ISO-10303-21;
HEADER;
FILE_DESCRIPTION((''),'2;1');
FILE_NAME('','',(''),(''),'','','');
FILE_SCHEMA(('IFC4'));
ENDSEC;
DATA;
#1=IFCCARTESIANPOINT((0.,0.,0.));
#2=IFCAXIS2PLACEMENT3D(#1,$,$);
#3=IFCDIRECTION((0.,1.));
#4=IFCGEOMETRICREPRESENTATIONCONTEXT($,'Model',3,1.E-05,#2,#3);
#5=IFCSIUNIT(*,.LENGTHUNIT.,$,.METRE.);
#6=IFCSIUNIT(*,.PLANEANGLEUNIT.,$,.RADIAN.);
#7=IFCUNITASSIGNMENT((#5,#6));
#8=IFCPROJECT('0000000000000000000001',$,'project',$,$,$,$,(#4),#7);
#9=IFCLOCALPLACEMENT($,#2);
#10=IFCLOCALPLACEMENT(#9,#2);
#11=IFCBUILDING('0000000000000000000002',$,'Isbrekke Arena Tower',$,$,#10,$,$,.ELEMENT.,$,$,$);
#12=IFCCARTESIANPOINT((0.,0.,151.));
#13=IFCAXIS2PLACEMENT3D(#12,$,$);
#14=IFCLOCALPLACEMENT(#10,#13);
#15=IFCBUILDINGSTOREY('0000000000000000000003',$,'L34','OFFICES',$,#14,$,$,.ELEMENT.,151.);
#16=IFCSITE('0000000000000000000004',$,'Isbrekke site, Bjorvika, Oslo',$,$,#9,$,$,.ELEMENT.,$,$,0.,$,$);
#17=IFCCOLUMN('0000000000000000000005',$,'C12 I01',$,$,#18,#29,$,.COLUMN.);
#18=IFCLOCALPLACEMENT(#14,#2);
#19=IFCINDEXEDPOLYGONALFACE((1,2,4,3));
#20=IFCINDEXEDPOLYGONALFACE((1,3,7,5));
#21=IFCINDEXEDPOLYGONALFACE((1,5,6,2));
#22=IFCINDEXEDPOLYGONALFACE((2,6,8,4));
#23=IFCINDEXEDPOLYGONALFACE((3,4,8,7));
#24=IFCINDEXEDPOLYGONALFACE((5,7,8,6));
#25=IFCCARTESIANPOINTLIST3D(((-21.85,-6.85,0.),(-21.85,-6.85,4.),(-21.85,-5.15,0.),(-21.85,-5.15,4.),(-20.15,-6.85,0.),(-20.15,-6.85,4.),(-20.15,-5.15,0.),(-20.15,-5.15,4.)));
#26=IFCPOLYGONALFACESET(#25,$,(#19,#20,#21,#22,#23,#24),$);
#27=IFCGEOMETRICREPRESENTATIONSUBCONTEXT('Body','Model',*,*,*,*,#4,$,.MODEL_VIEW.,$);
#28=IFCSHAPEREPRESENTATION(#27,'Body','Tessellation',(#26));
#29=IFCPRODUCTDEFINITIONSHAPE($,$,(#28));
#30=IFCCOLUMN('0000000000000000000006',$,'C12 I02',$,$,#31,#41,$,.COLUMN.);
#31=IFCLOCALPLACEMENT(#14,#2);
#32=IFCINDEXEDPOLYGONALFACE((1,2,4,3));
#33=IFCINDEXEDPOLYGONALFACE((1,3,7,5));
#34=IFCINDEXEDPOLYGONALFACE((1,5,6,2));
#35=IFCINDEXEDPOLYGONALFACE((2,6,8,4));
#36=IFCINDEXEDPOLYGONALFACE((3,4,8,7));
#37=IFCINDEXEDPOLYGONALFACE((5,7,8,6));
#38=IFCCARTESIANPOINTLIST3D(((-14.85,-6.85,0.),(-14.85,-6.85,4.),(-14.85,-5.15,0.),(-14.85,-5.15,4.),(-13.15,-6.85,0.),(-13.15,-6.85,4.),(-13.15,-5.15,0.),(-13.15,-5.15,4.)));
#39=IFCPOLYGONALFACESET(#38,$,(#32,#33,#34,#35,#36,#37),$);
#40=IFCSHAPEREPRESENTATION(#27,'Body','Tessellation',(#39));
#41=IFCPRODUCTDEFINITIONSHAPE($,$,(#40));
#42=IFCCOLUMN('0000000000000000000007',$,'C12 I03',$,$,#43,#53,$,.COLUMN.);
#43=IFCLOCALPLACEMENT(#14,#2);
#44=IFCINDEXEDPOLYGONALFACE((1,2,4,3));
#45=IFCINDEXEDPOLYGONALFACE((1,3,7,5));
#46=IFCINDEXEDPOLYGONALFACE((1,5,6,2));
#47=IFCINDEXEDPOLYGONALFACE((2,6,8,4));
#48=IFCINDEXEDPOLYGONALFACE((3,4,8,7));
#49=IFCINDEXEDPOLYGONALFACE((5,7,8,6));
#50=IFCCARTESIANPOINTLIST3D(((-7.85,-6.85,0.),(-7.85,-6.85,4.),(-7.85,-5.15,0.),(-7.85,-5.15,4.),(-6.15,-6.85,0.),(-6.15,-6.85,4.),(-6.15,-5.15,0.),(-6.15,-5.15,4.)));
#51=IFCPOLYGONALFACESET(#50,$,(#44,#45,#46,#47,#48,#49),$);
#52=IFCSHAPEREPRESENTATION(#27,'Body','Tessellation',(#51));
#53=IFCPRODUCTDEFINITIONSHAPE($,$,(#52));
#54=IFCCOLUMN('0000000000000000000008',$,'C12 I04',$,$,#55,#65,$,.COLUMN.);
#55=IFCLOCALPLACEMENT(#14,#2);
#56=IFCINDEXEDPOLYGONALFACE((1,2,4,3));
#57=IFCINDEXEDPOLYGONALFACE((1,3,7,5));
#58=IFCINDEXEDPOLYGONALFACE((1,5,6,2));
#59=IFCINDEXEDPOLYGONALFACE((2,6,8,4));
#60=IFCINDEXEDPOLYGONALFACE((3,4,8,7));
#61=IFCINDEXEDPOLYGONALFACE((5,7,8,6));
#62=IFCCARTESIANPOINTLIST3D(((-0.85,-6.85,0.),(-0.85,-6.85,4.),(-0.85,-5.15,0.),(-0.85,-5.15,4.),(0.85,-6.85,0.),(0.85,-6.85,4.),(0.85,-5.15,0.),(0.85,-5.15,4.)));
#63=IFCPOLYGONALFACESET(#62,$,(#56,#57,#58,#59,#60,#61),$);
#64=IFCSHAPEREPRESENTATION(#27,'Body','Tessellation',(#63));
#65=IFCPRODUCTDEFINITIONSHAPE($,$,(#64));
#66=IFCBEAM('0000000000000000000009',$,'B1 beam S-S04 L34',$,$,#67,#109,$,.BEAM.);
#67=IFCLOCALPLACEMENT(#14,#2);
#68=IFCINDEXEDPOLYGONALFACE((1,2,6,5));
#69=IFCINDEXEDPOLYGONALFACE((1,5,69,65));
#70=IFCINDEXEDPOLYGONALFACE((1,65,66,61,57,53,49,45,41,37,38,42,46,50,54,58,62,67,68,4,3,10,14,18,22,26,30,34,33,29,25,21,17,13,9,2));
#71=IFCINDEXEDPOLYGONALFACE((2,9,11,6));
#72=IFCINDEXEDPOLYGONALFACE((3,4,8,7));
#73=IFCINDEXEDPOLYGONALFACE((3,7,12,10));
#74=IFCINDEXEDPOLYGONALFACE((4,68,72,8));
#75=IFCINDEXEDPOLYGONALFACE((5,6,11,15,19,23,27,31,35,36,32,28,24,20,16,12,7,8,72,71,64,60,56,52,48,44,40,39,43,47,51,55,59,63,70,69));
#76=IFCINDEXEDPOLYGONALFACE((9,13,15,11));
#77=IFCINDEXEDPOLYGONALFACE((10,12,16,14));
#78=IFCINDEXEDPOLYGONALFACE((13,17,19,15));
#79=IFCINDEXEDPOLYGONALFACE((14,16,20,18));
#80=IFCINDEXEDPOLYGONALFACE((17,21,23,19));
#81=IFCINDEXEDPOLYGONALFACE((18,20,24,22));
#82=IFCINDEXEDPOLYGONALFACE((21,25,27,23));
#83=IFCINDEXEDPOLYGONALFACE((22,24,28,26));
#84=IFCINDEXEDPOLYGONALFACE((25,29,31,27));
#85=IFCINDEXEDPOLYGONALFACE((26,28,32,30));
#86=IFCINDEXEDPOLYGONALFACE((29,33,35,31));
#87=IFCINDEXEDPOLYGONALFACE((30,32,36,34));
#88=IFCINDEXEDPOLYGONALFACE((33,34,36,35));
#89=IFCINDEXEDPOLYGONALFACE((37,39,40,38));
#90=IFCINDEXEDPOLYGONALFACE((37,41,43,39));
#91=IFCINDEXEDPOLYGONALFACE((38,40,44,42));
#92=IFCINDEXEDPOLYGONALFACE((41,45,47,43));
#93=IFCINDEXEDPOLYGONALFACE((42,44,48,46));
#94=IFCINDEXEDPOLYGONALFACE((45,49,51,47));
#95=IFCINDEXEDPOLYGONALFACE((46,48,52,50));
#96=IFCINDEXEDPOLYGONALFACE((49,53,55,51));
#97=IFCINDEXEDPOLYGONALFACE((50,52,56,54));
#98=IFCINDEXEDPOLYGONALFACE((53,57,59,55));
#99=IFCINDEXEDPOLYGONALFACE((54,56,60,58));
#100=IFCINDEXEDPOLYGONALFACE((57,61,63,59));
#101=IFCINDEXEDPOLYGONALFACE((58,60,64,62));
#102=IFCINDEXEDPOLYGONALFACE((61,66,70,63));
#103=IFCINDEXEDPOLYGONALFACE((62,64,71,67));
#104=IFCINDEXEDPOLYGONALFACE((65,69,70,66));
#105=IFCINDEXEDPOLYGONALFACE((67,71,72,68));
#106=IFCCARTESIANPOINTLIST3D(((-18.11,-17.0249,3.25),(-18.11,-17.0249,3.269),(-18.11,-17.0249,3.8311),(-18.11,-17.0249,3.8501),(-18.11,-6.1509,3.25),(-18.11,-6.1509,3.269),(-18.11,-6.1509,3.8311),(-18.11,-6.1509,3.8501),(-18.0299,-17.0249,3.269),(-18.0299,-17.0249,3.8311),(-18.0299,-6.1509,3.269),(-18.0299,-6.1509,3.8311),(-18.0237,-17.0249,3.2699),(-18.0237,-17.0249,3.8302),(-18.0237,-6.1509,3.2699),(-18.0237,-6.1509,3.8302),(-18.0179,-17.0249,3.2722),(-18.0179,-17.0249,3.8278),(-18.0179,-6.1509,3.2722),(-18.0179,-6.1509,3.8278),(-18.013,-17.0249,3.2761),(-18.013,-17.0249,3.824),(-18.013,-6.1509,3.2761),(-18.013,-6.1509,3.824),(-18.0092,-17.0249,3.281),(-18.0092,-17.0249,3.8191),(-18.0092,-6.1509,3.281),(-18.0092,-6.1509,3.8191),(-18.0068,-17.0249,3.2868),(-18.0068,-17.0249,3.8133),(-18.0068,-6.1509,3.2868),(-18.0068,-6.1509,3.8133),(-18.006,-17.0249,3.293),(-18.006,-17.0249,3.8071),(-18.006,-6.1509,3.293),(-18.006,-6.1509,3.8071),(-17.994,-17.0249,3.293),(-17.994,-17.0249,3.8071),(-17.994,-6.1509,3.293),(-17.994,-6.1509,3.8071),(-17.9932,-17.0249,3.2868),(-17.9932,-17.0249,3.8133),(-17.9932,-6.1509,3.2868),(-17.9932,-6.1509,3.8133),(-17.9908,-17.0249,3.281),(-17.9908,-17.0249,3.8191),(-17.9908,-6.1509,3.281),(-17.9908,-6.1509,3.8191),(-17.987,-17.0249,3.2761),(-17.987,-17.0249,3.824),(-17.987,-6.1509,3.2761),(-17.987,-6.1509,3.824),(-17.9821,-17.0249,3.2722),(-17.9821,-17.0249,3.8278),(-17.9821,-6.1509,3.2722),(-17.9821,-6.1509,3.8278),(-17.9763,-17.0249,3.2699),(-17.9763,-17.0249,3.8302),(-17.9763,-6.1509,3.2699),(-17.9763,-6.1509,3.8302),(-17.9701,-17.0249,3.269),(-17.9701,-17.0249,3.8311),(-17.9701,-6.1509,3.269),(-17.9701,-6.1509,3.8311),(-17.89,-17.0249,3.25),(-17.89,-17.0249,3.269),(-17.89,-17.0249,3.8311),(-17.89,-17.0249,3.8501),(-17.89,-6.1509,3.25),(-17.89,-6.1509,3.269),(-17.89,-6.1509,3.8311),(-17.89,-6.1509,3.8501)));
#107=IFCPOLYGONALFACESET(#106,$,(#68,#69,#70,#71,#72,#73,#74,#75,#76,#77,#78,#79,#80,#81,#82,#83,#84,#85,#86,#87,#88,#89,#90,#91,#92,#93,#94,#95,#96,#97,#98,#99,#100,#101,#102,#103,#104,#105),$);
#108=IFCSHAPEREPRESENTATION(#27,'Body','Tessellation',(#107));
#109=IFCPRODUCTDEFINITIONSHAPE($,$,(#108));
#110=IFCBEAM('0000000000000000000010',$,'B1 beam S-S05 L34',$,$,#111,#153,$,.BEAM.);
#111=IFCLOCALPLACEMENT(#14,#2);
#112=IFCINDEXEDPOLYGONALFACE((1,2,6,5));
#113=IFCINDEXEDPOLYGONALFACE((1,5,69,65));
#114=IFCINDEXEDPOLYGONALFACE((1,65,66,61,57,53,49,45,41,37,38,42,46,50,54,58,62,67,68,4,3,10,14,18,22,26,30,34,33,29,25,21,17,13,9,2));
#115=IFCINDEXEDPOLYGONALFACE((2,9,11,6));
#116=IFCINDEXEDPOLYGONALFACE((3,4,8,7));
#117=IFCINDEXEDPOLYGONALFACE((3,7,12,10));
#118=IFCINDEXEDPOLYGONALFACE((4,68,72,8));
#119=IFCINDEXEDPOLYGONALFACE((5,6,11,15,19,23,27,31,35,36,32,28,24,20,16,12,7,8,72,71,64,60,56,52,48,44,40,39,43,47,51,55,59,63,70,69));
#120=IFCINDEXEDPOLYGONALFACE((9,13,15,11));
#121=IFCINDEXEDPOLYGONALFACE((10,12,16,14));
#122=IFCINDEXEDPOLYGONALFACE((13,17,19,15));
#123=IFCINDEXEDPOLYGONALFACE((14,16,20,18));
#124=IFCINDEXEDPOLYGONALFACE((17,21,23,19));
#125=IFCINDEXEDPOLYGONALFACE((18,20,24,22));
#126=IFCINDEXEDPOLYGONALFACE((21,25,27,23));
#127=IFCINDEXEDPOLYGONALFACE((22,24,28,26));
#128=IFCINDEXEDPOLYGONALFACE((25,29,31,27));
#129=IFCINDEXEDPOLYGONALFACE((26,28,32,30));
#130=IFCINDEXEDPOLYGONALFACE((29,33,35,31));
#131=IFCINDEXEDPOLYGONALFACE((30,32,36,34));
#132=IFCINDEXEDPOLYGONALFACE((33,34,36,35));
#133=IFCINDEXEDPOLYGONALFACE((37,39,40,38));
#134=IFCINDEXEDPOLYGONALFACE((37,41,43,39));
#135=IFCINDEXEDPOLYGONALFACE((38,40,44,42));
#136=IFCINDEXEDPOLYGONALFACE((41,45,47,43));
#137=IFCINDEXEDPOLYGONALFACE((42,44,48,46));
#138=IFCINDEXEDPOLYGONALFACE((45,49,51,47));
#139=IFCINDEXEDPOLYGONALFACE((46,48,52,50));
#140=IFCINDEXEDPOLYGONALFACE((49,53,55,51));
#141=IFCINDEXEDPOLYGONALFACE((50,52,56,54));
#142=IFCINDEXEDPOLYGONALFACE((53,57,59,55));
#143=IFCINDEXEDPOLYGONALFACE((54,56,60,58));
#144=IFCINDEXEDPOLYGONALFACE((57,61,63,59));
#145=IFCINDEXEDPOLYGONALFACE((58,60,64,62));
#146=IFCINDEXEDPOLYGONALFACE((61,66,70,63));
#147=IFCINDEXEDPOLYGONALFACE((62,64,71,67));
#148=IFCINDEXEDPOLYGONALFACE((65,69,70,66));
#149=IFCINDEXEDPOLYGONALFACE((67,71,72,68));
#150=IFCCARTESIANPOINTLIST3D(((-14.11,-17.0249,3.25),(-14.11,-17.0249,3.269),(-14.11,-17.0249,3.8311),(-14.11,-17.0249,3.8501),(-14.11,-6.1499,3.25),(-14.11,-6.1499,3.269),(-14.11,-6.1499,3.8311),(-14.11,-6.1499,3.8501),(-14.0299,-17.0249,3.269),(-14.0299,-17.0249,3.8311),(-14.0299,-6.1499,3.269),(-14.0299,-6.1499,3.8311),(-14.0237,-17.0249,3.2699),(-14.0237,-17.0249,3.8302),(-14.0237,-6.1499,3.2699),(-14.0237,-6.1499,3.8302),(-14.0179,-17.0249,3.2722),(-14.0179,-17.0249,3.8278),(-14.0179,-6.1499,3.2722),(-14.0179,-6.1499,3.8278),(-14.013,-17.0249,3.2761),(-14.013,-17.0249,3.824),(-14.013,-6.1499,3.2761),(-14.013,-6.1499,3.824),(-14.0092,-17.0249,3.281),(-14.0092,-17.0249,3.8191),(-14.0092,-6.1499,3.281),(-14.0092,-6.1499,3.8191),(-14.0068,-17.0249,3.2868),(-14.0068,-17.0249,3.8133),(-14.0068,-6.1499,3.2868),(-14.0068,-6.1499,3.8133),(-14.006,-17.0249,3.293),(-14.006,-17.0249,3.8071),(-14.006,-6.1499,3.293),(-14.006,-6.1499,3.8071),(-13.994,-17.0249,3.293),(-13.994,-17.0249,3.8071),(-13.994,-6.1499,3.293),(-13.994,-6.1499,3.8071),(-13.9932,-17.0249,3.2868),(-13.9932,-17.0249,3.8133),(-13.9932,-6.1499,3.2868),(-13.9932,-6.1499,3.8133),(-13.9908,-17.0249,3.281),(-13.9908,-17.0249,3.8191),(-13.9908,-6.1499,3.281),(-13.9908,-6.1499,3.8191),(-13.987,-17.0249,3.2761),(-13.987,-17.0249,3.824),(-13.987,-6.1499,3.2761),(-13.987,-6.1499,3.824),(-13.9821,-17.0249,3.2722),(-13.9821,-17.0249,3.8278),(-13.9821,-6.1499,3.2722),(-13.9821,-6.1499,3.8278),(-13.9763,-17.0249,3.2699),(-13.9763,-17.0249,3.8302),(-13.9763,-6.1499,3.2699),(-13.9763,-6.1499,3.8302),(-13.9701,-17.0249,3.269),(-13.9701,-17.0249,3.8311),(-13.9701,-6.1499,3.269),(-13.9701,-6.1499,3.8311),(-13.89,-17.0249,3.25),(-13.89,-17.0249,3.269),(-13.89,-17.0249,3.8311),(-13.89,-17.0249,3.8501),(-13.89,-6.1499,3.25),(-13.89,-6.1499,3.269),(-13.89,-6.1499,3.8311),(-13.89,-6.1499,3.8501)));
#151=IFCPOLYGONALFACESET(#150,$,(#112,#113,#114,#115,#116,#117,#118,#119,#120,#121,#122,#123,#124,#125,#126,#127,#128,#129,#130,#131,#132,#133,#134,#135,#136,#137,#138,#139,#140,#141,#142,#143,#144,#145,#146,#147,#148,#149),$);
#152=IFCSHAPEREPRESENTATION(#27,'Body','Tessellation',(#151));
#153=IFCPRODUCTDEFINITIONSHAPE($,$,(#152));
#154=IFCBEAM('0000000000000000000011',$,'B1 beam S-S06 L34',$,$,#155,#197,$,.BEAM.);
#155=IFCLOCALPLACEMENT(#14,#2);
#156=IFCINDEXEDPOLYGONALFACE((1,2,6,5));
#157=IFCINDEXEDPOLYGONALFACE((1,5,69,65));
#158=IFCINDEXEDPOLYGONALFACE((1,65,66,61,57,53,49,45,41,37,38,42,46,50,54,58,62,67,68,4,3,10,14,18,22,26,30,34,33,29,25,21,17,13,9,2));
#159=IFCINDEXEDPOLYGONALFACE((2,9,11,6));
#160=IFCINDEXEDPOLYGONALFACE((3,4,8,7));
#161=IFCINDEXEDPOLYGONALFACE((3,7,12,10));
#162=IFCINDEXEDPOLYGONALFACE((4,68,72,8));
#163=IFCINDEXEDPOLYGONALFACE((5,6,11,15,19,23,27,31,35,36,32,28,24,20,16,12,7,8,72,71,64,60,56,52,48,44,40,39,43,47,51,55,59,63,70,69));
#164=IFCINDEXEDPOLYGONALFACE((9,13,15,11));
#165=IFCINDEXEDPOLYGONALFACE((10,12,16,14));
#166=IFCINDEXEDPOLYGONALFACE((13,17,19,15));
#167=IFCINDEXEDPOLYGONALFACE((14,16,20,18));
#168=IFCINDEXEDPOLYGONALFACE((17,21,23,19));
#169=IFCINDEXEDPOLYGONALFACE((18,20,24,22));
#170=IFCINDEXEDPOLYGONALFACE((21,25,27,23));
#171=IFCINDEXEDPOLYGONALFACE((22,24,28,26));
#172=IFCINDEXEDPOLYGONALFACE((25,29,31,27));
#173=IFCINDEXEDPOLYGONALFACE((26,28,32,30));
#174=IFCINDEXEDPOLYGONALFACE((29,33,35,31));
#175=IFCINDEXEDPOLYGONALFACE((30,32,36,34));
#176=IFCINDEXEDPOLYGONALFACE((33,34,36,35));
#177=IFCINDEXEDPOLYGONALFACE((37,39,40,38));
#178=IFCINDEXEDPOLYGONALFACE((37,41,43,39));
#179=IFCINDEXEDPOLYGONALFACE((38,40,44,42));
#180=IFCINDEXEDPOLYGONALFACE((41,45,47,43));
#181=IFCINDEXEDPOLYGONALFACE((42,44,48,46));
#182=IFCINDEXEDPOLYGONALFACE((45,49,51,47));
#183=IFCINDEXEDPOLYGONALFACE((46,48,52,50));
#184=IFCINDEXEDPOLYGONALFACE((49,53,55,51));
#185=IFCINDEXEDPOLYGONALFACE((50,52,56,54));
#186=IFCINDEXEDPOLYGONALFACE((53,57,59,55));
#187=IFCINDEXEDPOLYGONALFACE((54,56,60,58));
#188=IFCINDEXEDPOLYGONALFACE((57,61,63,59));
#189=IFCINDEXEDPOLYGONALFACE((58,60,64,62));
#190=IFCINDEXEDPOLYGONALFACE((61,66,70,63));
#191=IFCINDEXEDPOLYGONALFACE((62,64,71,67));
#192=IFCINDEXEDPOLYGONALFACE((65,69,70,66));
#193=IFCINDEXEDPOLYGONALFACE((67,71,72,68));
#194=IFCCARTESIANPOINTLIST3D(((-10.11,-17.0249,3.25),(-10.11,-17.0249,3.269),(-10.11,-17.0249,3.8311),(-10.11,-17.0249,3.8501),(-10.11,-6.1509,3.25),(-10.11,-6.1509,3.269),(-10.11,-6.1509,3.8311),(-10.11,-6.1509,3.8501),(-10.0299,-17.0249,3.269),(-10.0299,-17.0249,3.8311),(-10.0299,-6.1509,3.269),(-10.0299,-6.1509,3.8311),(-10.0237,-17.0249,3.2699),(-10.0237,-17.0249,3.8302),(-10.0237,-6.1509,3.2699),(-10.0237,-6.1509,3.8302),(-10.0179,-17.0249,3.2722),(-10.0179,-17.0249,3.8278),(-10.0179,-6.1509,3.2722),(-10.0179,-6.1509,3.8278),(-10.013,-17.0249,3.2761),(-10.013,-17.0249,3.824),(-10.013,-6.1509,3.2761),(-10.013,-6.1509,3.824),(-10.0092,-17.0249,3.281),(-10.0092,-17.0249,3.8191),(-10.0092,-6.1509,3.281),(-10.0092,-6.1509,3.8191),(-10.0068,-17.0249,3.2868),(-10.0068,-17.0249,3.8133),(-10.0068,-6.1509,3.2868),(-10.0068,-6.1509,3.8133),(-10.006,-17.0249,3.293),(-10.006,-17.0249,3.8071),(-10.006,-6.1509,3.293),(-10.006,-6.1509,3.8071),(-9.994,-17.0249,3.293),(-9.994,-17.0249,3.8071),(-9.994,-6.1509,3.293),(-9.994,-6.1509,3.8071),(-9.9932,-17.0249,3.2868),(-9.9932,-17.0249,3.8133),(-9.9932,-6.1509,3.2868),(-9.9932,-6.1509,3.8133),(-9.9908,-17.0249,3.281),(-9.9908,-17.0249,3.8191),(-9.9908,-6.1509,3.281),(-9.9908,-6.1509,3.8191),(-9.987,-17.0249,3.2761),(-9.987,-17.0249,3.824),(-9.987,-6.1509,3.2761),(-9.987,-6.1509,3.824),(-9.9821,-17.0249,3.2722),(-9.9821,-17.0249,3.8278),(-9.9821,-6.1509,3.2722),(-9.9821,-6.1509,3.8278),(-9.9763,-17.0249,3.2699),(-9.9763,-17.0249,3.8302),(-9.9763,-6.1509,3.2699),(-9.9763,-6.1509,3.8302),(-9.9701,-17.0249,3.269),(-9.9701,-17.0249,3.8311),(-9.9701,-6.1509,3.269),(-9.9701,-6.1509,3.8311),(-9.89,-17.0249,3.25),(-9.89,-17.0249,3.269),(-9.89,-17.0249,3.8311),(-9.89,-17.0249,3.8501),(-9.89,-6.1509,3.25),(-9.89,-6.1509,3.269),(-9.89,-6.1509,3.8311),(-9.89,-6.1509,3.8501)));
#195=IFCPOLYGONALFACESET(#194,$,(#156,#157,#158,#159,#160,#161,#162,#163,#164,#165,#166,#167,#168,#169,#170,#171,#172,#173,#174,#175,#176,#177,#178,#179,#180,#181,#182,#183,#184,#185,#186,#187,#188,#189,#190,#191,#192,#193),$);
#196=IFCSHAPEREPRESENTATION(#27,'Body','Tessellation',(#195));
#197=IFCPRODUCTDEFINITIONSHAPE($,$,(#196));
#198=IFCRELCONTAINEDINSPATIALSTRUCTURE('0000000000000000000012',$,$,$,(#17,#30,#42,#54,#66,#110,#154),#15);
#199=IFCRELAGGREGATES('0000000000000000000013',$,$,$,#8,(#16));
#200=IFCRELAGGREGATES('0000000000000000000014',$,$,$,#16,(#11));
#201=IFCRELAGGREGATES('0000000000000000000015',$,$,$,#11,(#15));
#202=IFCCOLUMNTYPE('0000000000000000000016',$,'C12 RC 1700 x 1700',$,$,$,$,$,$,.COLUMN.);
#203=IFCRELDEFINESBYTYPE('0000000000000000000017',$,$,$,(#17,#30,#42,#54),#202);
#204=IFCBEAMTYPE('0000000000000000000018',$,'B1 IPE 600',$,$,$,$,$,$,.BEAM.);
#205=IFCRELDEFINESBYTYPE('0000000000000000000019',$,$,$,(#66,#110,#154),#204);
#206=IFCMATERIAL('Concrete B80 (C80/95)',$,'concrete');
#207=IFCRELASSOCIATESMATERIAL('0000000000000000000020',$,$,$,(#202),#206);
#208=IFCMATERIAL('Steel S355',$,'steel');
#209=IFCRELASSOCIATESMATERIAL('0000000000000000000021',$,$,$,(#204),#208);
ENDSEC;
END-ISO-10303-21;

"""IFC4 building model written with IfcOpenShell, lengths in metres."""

from ifc_helpers import new_model, si_unit, direction, frame, origin, origin_2d, place, context, subcontext, project, spatial, rectangle, i_section, extrude, material, material_profile, profile_set, type_object, element, save


model = new_model("IFC4")

# Units and contexts
model_context = context("Model", 3, precision=1e-05, world=origin(), true_north=direction((0.0, 1.0)))
body_context = subcontext(model_context, "Body", "Model", "MODEL_VIEW")
ifc_project = project(units=[si_unit("LENGTHUNIT", "METRE"), si_unit("PLANEANGLEUNIT", "RADIAN")], contexts=[model_context])

# Site, building, storey
site_placement = place(None, origin())
site = spatial("IfcSite", under=ifc_project, at=site_placement, Name="Isbrekke site, Bjorvika, Oslo", CompositionType="ELEMENT", RefElevation=0.0)
building_placement = place(site_placement, origin())
building = spatial("IfcBuilding", under=site, at=building_placement, Name="Isbrekke Arena Tower", CompositionType="ELEMENT")
storey_placement = place(building_placement, frame((0.0, 0.0, 151.0)))
storey = spatial("IfcBuildingStorey", under=building, at=storey_placement, Name="L34", Description="OFFICES", CompositionType="ELEMENT", Elevation=151.0)

# Columns
ifc_material_1 = material(Name="Concrete B80 (C80/95)", Category="concrete")
ifc_material_profile_1 = material_profile(ifc_material_1, rectangle(XDim=1.7, YDim=1.7, at=origin_2d()), Name="RC 1700x1700")
ifc_profile_set_1 = profile_set([ifc_material_profile_1], Name="Concrete B80 (C80/95)")
column_type = type_object("IfcColumnType", Name="C12 RC 1700 x 1700", PredefinedType="COLUMN", material=ifc_profile_set_1)
for number, where, z_axis, x_axis, name in (
    (1, (-21.0, -6.0, 0.0), (0.0, 0.0, 1.0), (1.0, 0.0, 0.0), "C12 I01"),
    (2, (-14.0, -6.0, 0.0), (0.0, 0.0, 1.0), (1.0, 0.0, 0.0), "C12 I02"),
    (3, (-7.0, -6.0, 0.0), (0.0, 0.0, 1.0), (1.0, 0.0, 0.0), "C12 I03"),
    (4, (0.0, -6.0, 0.0), (0.0, 0.0, 1.0), (1.0, 0.0, 0.0), "C12 I04"),
):
    element("IfcColumn", number, at=place(storey_placement, frame(where, z_axis=z_axis, x_axis=x_axis)), inside=storey, type_object=column_type, Name=name, PredefinedType="COLUMN", context=body_context, shape_type="SweptSolid", body=[
        extrude(rectangle(XDim=1.7, YDim=1.7, at=origin_2d()), origin(), (0.0, 0.0, 1.0), 4.0),
    ])

# Beams
ifc_material_2 = material(Name="Steel S355", Category="steel")
ifc_material_profile_2 = material_profile(ifc_material_2, i_section(OverallWidth=0.22, OverallDepth=0.6001, WebThickness=0.012, FlangeThickness=0.019, FilletRadius=0.0239, at=origin_2d()), Name="IPE 600")
ifc_profile_set_2 = profile_set([ifc_material_profile_2], Name="Steel S355")
beam_type_1 = type_object("IfcBeamType", Name="B1 IPE 600", PredefinedType="BEAM", material=ifc_profile_set_2)
beam_1_placement = place(storey_placement, frame((-18.0, -17.0249, 3.55), z_axis=(0.0, 1.0, 0.0), x_axis=(-1.0, 0.0, 0.0)))
element("IfcBeam", 5, at=beam_1_placement, inside=storey, type_object=beam_type_1, Name="B1 beam S-S04 L34", PredefinedType="BEAM", context=body_context, shape_type="SweptSolid", body=[
    extrude(i_section(OverallWidth=0.22, OverallDepth=0.6001, WebThickness=0.012, FlangeThickness=0.019, FilletRadius=0.0239, at=origin_2d()), origin(), (0.0, 0.0, 1.0), 10.874),
])
beam_2_placement = place(storey_placement, frame((-14.0, -17.0249, 3.55), z_axis=(0.0, 1.0, 0.0), x_axis=(-1.0, 0.0, 0.0)))
element("IfcBeam", 6, at=beam_2_placement, inside=storey, type_object=beam_type_1, Name="B1 beam S-S05 L34", PredefinedType="BEAM", context=body_context, shape_type="SweptSolid", body=[
    extrude(i_section(OverallWidth=0.22, OverallDepth=0.6001, WebThickness=0.012, FlangeThickness=0.019, FilletRadius=0.0239, at=origin_2d()), origin(), (0.0, 0.0, 1.0), 10.875),
])
for number, where, z_axis, x_axis, name in (
    (7, (-10.0, -17.0249, 3.55), (0.0, 1.0, 0.0), (-1.0, 0.0, 0.0), "B1 beam S-S06 L34"),
):
    element("IfcBeam", number, at=place(storey_placement, frame(where, z_axis=z_axis, x_axis=x_axis)), inside=storey, type_object=beam_type_1, Name=name, PredefinedType="BEAM", context=body_context, shape_type="SweptSolid", body=[
        extrude(i_section(OverallWidth=0.22, OverallDepth=0.6001, WebThickness=0.012, FlangeThickness=0.019, FilletRadius=0.0239, at=origin_2d()), origin(), (0.0, 0.0, 1.0), 10.874),
    ])

save(model, "model.ifc")
